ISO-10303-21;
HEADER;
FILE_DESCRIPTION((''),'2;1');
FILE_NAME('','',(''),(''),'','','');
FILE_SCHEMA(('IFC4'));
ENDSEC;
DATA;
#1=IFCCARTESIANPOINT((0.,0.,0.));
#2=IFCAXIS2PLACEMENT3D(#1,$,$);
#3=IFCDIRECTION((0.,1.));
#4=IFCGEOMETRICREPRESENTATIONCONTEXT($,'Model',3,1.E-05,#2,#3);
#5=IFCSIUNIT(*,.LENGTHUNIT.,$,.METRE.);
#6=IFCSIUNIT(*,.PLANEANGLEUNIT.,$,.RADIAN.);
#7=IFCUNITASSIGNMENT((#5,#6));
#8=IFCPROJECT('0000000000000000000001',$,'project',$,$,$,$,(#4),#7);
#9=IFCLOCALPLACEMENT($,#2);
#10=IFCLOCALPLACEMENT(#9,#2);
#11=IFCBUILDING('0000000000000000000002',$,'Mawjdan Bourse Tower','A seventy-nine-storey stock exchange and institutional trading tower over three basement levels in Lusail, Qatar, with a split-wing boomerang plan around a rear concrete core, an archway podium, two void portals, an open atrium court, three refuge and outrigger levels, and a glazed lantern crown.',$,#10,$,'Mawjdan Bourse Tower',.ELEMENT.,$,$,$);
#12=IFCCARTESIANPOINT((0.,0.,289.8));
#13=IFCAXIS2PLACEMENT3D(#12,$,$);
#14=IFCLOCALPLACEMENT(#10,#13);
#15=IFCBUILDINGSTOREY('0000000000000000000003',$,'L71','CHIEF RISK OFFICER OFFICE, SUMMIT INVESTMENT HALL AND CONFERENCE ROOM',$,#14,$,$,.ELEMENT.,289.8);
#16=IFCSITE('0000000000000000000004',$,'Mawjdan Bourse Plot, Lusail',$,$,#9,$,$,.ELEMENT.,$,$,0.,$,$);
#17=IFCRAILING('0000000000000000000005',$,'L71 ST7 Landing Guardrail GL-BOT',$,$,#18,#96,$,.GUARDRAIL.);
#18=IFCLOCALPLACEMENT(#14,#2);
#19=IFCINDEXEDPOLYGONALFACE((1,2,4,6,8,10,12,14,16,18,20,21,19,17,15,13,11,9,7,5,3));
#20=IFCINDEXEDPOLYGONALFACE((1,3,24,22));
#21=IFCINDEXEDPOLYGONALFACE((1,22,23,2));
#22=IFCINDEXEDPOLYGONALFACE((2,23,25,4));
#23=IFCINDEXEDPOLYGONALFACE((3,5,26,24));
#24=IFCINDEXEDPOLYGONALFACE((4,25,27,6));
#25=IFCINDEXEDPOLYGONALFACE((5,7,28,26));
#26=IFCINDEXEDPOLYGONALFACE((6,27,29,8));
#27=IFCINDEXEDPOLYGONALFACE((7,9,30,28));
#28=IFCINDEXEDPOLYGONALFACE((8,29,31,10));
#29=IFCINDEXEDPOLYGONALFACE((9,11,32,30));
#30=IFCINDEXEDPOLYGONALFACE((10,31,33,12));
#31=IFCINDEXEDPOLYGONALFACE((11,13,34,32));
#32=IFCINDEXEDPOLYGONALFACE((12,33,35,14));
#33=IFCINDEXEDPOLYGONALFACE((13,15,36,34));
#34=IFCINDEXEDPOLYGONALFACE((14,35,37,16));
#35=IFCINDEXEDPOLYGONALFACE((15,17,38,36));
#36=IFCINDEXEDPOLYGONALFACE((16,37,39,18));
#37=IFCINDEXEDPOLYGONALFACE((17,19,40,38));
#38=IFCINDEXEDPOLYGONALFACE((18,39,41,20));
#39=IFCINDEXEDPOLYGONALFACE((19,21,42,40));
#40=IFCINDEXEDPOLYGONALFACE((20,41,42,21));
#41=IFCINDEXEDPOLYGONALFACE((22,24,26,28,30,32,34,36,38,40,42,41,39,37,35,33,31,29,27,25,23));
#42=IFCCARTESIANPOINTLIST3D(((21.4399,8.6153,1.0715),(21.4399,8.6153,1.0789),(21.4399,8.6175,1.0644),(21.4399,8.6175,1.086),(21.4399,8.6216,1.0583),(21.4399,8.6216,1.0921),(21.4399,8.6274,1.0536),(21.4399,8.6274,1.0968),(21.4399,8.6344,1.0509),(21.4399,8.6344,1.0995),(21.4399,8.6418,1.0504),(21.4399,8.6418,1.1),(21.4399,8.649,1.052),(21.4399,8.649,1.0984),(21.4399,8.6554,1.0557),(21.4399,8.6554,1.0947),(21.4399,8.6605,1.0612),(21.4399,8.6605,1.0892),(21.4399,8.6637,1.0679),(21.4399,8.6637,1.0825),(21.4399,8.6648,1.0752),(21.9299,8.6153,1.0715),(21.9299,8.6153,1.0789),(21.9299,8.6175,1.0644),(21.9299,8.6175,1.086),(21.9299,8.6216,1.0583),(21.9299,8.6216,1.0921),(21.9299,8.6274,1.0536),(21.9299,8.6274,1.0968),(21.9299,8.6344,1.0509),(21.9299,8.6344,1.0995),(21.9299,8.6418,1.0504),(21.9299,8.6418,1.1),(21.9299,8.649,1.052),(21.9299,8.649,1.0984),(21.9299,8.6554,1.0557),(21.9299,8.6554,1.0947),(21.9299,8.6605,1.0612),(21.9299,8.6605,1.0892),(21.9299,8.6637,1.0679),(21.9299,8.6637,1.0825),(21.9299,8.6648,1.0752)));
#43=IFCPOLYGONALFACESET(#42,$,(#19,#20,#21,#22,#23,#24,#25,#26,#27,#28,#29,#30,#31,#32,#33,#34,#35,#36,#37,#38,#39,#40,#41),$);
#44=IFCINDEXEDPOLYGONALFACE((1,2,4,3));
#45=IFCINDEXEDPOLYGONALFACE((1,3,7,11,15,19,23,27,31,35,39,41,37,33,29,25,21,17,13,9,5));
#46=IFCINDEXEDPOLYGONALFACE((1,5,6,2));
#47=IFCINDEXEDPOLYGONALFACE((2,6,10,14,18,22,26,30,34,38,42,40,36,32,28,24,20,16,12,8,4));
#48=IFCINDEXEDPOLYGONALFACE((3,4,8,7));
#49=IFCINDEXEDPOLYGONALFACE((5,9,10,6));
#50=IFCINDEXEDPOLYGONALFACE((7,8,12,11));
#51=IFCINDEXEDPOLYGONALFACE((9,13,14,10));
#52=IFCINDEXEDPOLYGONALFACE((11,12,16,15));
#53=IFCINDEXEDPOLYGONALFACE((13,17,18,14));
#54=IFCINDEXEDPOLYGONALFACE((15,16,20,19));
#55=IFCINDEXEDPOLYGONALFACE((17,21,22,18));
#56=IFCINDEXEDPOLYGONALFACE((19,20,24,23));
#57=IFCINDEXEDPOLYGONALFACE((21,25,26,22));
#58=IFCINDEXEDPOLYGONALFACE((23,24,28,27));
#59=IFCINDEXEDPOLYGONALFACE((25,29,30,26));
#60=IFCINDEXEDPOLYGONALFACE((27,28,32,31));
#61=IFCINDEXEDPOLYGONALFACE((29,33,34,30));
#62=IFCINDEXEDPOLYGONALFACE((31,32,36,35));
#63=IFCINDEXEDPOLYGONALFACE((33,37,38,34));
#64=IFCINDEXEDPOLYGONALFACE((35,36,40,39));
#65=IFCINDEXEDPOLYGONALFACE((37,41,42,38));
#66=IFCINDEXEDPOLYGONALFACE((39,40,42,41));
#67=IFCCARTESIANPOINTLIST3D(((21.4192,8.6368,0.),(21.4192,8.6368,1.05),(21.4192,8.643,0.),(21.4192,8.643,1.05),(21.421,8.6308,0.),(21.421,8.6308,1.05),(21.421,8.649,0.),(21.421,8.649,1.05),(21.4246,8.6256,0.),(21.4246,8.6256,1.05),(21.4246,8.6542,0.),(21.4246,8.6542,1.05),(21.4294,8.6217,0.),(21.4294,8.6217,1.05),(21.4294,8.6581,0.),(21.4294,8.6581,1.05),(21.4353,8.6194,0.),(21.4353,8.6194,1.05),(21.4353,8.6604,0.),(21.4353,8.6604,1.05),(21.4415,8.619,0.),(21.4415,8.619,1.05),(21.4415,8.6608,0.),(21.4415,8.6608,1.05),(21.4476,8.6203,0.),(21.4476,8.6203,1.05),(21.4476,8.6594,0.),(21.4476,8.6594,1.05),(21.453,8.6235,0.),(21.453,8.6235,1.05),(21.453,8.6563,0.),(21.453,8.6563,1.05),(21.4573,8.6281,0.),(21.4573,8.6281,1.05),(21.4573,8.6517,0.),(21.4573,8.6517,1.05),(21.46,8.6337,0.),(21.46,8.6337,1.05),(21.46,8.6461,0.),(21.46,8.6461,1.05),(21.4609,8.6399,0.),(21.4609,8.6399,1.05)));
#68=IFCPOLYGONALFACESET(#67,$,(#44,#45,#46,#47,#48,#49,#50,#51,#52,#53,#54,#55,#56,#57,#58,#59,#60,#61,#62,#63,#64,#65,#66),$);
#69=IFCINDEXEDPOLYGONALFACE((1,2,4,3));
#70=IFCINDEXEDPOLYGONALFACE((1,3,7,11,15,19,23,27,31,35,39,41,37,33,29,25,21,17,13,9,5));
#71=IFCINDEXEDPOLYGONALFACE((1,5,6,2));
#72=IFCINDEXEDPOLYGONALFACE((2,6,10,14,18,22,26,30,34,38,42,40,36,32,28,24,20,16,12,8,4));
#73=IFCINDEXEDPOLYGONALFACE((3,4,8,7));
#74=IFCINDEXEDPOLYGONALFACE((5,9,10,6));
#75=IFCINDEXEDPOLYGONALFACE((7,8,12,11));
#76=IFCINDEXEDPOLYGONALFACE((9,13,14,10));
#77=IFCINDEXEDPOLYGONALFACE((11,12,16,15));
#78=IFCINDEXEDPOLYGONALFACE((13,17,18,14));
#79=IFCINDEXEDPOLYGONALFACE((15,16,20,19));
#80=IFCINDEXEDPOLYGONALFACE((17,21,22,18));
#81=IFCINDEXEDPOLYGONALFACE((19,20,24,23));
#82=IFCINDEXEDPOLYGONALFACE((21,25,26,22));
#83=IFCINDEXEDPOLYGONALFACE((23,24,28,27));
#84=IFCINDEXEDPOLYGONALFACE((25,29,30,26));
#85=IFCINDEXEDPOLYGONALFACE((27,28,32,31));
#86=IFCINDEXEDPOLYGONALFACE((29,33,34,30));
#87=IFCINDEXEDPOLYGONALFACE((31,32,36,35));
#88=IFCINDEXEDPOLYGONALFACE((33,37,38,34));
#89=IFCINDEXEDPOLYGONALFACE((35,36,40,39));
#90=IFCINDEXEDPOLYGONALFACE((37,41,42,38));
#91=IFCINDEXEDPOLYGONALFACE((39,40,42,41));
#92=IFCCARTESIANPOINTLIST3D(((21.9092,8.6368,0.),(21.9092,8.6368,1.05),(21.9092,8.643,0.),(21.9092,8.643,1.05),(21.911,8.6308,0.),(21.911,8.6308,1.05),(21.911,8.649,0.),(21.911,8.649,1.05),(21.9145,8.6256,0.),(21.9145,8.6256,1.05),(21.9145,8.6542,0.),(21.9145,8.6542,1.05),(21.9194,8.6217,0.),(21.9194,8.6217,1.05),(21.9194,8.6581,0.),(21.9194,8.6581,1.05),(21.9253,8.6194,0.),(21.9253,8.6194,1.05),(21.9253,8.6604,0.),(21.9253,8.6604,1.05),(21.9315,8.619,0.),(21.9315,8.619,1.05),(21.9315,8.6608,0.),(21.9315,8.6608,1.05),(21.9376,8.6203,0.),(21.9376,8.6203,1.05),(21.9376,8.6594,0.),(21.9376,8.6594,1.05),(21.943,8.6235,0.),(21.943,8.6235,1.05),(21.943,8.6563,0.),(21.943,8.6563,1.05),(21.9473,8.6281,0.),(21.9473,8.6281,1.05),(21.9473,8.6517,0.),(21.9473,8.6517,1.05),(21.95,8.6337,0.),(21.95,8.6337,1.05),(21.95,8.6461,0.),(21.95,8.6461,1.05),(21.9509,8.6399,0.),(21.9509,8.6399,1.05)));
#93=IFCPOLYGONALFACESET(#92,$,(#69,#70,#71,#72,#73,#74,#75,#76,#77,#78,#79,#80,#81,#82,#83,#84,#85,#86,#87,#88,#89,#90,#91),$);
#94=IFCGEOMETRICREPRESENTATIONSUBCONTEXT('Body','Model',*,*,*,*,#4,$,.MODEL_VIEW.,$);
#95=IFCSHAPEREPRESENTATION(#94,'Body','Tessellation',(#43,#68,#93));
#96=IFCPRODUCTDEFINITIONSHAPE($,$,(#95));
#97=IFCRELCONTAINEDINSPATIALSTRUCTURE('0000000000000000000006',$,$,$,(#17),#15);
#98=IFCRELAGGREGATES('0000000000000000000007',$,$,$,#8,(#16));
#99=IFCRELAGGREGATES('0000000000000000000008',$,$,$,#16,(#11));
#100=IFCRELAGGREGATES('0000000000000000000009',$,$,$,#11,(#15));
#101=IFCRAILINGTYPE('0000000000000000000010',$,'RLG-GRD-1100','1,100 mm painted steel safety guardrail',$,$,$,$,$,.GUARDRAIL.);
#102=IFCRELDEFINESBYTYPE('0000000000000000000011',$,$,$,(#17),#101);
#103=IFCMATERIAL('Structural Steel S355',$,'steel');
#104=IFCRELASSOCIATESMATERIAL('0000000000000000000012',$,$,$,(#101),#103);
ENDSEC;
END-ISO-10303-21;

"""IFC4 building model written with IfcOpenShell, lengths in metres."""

from ifc_helpers import new_model, si_unit, direction, frame, origin, origin_2d, place, context, subcontext, project, spatial, circle, extrude, material, type_object, element, save


model = new_model("IFC4")

# Units and contexts
model_context = context("Model", 3, precision=1e-05, world=origin(), true_north=direction((0.0, 1.0)))
body_context = subcontext(model_context, "Body", "Model", "MODEL_VIEW")
ifc_project = project(units=[si_unit("LENGTHUNIT", "METRE"), si_unit("PLANEANGLEUNIT", "RADIAN")], contexts=[model_context])

# Site, building, storey
site_placement = place(None, origin())
site = spatial("IfcSite", under=ifc_project, at=site_placement, Name="Mawjdan Bourse Plot, Lusail", CompositionType="ELEMENT", RefElevation=0.0)
building_placement = place(site_placement, origin())
building = spatial("IfcBuilding", under=site, at=building_placement, Name="Mawjdan Bourse Tower", Description="A seventy-nine-storey stock exchange and institutional trading tower over three basement levels in Lusail, Qatar, with a split-wing boomerang plan around a rear concrete core, an archway podium, two void portals, an open atrium court, three refuge and outrigger levels, and a glazed lantern crown.", LongName="Mawjdan Bourse Tower", CompositionType="ELEMENT")
storey_placement = place(building_placement, frame((0.0, 0.0, 289.8)))
storey = spatial("IfcBuildingStorey", under=building, at=storey_placement, Name="L71", Description="CHIEF RISK OFFICER OFFICE, SUMMIT INVESTMENT HALL AND CONFERENCE ROOM", CompositionType="ELEMENT", Elevation=289.8)

# Shared definitions
ifc_material_1 = material(Name="Structural Steel S355", Category="steel")

# Railing
railing_type_1 = type_object("IfcRailingType", Name="RLG-GRD-1100", Description="1,100 mm painted steel safety guardrail", PredefinedType="GUARDRAIL", material=ifc_material_1)
for number, where, name in (
    (1, (21.4399, 8.6399, 0.0), "L71 ST7 Landing Guardrail GL-BOT"),
):
    element("IfcRailing", number, at=place(storey_placement, frame(where)), inside=storey, type_object=railing_type_1, Name=name, PredefinedType="GUARDRAIL", context=body_context, shape_type="SweptSolid", body=[
        extrude(circle(Radius=0.0249, at=origin_2d()), frame((0.0, 0.0, 1.0752), z_axis=(1.0, 0.0, 0.0), x_axis=(0.0, 1.0, 0.0)), (0.0, 0.0, 1.0), 0.49),
        extrude(circle(Radius=0.021, at=origin_2d()), origin(), (0.0, 0.0, 1.0), 1.05),
        extrude(circle(Radius=0.021, at=origin_2d()), frame((0.49, 0.0, 0.0)), (0.0, 0.0, 1.0), 1.05),
    ])

save(model, "model.ifc")
